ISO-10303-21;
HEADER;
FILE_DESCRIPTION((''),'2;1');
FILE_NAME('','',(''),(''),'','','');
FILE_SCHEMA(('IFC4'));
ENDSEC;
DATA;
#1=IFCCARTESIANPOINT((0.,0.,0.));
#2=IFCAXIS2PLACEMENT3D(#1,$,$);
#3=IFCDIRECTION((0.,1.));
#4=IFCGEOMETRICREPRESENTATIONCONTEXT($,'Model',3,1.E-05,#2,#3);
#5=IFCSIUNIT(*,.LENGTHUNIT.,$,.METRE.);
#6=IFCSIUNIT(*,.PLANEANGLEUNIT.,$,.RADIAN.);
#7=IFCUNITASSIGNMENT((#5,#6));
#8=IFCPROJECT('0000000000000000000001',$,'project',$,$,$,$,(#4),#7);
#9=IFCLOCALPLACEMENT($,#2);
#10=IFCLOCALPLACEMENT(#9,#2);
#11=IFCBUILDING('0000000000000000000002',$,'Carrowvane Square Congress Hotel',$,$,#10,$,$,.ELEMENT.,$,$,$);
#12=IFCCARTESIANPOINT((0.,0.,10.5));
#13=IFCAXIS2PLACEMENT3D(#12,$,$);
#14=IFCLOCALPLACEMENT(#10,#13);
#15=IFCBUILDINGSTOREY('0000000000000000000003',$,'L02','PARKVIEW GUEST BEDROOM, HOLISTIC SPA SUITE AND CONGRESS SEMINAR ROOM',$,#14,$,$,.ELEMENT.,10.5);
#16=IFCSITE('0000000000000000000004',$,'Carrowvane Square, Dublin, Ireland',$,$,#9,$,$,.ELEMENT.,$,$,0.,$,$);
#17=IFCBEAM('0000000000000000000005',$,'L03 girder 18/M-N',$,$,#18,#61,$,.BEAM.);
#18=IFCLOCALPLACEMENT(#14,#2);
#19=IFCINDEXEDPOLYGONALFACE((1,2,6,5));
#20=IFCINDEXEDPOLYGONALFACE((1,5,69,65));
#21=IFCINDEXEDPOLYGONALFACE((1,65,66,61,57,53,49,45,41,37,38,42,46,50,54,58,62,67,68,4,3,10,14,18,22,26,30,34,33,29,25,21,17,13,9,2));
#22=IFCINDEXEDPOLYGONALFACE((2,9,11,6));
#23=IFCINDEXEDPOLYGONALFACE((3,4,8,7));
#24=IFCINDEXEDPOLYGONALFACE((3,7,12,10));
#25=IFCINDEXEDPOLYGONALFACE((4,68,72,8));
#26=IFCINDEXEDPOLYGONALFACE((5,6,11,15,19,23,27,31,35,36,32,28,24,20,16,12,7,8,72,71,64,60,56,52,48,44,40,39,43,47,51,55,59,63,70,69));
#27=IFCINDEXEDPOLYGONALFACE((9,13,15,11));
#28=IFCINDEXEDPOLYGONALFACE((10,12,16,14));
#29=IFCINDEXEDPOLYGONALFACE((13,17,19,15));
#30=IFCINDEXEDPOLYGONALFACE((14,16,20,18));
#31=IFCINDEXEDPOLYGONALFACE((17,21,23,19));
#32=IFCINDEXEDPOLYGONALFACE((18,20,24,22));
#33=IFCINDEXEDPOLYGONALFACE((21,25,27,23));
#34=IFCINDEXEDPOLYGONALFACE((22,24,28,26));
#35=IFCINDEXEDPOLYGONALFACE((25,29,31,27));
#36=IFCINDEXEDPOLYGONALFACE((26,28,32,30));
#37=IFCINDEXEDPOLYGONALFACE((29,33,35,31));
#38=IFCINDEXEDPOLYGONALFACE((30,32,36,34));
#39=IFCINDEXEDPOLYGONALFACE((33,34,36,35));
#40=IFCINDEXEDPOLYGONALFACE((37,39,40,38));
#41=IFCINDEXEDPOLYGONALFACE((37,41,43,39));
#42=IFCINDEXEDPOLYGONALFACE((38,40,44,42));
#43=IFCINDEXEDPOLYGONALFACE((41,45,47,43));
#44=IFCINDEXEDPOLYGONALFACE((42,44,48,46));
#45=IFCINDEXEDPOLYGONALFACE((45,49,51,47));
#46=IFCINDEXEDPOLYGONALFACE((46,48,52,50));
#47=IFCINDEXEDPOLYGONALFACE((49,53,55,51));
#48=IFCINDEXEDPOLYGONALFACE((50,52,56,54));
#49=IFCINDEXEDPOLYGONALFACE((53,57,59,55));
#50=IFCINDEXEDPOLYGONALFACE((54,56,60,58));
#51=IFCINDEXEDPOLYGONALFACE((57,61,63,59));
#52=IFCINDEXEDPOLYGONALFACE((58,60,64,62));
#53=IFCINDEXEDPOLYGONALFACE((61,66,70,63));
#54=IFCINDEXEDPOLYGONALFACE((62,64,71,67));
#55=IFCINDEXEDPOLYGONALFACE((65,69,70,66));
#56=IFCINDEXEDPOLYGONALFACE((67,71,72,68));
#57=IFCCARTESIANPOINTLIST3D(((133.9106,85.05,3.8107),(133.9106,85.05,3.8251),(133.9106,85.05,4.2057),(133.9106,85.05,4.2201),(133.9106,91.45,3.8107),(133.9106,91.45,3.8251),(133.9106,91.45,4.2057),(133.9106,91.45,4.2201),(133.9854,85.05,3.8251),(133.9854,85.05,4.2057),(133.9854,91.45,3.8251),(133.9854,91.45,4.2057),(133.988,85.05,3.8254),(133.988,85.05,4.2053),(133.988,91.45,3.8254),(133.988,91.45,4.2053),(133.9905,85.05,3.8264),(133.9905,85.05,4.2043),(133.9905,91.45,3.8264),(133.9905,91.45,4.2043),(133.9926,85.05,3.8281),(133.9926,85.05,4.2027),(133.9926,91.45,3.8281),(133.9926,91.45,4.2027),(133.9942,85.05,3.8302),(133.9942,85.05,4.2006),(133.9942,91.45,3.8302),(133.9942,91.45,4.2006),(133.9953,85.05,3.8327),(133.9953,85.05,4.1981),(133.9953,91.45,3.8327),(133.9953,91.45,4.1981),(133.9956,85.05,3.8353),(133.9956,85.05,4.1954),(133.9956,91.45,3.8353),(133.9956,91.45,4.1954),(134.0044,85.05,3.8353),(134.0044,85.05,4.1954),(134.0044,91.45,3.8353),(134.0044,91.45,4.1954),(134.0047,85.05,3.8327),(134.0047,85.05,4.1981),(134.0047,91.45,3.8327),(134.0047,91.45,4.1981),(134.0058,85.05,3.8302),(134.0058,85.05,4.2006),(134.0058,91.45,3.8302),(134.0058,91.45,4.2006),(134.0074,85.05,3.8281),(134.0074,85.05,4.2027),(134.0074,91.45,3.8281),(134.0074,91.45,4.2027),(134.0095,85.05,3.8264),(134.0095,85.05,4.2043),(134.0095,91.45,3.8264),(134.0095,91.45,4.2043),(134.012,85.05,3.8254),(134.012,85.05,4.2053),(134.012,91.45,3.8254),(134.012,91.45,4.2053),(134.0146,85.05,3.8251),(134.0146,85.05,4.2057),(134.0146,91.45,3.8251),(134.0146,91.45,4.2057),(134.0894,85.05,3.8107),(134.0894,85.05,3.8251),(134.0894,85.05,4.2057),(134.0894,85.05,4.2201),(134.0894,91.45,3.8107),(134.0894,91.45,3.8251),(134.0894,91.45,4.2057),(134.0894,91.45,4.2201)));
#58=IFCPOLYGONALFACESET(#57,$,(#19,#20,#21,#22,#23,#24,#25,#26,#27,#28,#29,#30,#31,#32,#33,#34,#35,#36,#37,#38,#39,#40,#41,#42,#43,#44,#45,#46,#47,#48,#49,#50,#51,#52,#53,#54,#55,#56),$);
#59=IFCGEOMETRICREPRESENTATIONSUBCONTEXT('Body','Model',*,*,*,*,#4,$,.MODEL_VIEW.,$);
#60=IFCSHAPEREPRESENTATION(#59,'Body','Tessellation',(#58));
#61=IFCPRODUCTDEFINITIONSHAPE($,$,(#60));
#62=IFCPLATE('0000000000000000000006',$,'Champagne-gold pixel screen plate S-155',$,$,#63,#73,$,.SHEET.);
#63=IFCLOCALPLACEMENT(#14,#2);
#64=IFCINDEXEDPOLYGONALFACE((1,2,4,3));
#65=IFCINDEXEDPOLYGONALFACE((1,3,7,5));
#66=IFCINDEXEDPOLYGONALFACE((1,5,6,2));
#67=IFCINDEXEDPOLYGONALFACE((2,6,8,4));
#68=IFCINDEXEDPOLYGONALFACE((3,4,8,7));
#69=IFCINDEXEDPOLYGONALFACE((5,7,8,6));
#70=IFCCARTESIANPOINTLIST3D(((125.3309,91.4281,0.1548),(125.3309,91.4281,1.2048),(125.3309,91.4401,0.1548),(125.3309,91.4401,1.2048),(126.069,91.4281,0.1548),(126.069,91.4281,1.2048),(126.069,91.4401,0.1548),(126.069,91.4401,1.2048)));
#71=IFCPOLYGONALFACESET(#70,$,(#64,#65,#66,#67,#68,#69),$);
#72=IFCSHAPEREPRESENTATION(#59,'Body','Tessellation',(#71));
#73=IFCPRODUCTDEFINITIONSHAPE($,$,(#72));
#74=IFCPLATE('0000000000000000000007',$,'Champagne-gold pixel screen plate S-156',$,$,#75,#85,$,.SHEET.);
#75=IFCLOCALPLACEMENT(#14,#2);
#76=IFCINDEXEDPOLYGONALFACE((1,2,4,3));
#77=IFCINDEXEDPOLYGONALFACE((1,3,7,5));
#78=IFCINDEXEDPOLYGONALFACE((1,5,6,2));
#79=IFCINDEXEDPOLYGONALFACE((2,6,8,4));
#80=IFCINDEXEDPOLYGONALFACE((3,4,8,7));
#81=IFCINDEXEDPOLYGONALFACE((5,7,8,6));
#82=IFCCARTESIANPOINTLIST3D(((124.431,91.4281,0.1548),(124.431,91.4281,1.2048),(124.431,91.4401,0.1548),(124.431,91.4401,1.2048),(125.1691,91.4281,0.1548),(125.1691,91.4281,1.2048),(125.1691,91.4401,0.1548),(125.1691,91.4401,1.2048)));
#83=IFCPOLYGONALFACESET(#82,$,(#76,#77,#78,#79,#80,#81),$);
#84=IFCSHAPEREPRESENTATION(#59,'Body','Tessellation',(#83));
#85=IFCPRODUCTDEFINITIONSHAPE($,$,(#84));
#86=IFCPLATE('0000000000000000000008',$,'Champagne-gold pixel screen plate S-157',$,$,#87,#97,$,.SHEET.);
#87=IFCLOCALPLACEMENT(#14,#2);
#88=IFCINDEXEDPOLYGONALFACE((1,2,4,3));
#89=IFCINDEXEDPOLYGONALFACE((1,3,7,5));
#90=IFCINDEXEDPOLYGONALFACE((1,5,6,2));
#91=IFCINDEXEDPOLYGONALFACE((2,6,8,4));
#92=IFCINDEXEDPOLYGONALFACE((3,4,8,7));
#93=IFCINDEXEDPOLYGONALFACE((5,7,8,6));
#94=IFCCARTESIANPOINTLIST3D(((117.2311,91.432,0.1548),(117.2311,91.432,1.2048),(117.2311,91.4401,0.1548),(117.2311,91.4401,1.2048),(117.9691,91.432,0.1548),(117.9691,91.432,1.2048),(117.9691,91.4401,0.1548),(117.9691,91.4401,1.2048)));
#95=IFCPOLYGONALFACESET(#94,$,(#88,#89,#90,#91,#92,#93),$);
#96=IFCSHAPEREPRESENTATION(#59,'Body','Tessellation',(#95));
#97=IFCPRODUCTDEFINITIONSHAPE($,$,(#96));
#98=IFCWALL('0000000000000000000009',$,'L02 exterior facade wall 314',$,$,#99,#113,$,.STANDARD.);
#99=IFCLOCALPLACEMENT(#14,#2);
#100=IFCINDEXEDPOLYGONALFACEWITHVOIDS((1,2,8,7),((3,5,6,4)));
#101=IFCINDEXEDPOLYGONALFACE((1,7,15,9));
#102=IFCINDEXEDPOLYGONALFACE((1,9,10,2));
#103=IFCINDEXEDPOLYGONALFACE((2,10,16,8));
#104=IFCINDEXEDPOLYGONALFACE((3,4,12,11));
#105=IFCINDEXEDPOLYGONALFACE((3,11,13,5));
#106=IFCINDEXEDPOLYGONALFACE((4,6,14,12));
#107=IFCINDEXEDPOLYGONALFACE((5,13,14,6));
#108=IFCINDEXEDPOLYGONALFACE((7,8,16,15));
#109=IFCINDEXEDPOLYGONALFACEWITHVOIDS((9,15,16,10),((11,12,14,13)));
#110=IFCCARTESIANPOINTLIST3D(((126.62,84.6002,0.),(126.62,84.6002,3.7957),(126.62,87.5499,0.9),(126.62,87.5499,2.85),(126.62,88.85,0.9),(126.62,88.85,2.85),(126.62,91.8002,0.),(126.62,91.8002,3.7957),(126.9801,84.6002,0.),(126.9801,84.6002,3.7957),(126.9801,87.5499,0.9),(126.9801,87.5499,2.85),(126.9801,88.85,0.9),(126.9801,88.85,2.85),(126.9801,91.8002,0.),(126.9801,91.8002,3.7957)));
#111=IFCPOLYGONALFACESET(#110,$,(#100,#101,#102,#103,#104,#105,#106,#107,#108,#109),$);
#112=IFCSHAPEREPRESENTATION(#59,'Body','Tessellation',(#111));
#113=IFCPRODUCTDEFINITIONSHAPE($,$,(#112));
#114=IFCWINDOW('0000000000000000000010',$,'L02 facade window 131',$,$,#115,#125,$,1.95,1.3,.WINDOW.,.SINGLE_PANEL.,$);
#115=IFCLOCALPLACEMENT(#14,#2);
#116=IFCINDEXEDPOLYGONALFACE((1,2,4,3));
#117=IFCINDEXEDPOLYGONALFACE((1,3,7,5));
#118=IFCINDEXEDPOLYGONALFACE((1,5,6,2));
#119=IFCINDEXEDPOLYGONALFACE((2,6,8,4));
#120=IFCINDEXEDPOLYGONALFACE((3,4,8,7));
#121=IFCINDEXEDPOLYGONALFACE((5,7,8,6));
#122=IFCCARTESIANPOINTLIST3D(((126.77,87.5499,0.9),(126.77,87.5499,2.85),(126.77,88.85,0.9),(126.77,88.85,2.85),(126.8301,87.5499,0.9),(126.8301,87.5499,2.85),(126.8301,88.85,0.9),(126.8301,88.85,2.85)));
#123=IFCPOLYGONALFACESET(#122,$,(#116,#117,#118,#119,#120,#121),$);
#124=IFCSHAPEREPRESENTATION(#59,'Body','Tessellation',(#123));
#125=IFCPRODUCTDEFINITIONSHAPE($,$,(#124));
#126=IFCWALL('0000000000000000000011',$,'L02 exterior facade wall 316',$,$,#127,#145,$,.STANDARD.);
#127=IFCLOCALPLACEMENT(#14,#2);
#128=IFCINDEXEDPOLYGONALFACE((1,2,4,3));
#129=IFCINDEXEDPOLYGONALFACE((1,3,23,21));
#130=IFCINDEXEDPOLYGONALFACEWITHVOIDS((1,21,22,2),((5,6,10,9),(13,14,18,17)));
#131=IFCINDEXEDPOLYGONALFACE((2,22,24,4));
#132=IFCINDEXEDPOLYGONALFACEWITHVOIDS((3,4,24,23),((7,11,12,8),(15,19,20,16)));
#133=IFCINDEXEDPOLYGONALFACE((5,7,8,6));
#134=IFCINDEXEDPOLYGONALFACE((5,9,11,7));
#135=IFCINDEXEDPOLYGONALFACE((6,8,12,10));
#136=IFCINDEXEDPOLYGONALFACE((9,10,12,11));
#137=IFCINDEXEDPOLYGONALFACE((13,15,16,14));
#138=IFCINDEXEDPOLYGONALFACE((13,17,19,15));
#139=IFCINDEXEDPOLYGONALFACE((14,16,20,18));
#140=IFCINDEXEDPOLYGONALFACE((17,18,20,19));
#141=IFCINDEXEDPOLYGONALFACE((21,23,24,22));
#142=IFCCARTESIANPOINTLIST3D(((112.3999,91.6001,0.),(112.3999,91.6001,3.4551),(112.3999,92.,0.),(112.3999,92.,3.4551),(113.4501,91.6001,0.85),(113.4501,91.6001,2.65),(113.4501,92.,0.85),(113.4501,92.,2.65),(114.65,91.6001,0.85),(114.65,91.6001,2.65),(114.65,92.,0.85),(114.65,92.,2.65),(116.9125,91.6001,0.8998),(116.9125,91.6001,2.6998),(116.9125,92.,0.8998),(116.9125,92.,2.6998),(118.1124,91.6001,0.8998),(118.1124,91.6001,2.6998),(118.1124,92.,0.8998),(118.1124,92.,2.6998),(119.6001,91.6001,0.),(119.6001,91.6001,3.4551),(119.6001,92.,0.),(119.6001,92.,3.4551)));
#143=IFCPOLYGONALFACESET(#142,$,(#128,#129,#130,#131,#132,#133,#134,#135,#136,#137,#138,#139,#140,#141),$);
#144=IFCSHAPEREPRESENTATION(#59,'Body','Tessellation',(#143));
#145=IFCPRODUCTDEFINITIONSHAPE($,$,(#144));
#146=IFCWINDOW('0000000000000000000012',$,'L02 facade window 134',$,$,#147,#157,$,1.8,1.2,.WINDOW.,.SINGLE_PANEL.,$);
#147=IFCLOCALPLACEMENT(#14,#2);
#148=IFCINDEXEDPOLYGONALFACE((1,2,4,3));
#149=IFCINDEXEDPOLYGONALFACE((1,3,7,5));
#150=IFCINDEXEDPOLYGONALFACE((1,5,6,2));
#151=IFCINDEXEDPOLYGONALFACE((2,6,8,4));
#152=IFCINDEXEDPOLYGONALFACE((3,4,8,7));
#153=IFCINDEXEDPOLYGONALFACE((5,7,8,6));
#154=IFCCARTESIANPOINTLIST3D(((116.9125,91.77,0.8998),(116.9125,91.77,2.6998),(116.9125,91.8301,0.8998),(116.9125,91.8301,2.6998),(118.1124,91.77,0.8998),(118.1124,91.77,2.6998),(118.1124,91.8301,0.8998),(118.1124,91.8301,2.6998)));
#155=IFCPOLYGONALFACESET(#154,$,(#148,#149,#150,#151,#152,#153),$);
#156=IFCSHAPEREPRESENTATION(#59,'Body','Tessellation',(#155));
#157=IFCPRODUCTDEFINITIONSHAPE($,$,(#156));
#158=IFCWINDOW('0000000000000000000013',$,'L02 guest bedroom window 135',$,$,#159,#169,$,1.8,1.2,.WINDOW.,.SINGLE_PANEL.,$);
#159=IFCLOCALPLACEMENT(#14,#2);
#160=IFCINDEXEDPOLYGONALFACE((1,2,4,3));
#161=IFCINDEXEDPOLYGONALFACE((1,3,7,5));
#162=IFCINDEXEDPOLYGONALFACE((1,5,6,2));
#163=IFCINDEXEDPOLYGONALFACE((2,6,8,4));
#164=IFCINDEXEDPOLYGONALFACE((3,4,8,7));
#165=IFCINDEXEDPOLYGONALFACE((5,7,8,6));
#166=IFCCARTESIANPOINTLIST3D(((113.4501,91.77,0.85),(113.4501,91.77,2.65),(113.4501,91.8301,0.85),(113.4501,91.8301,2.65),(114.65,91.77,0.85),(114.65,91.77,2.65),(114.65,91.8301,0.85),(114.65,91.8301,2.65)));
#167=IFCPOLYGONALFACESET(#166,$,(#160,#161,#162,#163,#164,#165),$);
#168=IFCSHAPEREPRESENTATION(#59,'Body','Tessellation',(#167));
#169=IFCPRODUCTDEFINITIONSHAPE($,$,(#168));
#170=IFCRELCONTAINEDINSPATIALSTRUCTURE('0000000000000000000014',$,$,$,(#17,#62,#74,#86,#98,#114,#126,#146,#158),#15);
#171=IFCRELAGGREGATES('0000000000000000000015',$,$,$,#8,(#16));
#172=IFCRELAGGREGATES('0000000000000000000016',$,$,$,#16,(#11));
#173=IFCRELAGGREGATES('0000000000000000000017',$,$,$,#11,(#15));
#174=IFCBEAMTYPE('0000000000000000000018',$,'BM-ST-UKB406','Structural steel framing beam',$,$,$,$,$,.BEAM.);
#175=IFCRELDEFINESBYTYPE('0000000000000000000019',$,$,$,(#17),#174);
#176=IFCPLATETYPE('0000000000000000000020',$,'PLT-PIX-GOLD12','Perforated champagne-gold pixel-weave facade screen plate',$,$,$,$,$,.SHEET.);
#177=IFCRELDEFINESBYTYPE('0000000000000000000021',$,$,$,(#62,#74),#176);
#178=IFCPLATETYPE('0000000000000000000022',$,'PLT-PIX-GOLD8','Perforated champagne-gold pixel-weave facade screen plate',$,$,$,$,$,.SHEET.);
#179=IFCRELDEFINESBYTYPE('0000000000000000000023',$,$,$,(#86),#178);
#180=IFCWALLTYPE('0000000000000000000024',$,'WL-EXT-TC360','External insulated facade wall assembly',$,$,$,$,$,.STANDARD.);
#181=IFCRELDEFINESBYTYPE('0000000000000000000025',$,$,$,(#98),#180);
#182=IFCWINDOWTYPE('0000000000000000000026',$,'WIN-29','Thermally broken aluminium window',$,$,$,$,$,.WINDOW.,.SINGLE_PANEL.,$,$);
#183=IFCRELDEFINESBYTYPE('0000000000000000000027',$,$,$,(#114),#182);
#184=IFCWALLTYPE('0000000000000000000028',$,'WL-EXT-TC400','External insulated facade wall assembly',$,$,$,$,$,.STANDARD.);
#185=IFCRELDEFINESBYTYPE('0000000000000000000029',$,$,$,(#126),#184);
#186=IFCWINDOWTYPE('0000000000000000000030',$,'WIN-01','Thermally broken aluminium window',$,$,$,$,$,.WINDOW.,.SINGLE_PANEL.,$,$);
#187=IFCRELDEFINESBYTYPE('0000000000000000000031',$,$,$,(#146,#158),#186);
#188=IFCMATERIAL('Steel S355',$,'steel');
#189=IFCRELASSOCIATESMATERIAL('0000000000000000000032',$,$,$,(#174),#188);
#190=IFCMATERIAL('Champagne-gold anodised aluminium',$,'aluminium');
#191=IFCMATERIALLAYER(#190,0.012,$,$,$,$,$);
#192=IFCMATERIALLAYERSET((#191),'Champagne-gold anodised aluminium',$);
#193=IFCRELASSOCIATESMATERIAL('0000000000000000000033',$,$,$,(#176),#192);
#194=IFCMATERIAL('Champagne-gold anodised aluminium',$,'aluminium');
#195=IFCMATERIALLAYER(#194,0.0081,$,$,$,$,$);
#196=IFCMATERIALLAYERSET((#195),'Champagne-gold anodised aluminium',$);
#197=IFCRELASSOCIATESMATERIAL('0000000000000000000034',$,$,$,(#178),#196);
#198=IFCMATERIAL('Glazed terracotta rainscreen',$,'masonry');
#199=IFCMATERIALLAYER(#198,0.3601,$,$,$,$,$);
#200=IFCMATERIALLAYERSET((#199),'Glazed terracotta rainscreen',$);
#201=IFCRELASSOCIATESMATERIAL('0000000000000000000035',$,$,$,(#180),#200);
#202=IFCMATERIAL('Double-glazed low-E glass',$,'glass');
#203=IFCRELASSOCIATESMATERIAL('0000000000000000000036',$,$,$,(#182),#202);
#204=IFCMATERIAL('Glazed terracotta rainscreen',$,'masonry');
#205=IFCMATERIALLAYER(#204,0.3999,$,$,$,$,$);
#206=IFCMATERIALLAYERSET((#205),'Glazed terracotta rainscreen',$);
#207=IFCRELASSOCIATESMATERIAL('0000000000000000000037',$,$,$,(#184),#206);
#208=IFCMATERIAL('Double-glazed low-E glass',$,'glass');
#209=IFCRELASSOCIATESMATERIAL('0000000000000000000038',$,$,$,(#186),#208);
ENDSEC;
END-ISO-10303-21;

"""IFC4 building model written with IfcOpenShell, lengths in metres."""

from ifc_helpers import new_model, si_unit, direction, frame, frame_2d, origin, origin_2d, place, context, subcontext, project, spatial, rectangle, i_section, extrude, material, layer, layer_set, material_profile, profile_set, type_object, element, fill, save


model = new_model("IFC4")

# Units and contexts
model_context = context("Model", 3, precision=1e-05, world=origin(), true_north=direction((0.0, 1.0)))
body_context = subcontext(model_context, "Body", "Model", "MODEL_VIEW")
ifc_project = project(units=[si_unit("LENGTHUNIT", "METRE"), si_unit("PLANEANGLEUNIT", "RADIAN")], contexts=[model_context])

# Site, building, storey
site_placement = place(None, origin())
site = spatial("IfcSite", under=ifc_project, at=site_placement, Name="Carrowvane Square, Dublin, Ireland", CompositionType="ELEMENT", RefElevation=0.0)
building_placement = place(site_placement, origin())
building = spatial("IfcBuilding", under=site, at=building_placement, Name="Carrowvane Square Congress Hotel", CompositionType="ELEMENT")
storey_placement = place(building_placement, frame((0.0, 0.0, 10.5)))
storey = spatial("IfcBuildingStorey", under=building, at=storey_placement, Name="L02", Description="PARKVIEW GUEST BEDROOM, HOLISTIC SPA SUITE AND CONGRESS SEMINAR ROOM", CompositionType="ELEMENT", Elevation=10.5)

# Beam
ifc_material_1 = material(Name="Steel S355", Category="steel")
ifc_material_profile_1 = material_profile(ifc_material_1, i_section(OverallWidth=0.1787, OverallDepth=0.4094, WebThickness=0.0088, FlangeThickness=0.0144, FilletRadius=0.0103, at=origin_2d()), Name="UKB 406x178x67")
ifc_profile_set_1 = profile_set([ifc_material_profile_1], Name="Steel S355")
beam_type_1 = type_object("IfcBeamType", Name="BM-ST-UKB406", Description="Structural steel framing beam", PredefinedType="BEAM", material=ifc_profile_set_1)
for number, where, z_axis, x_axis, name in (
    (1, (134.0, 85.05, 4.0154), (0.0, 1.0, 0.0), (-1.0, 0.0, 0.0), "L03 girder 18/M-N"),
):
    element("IfcBeam", number, at=place(storey_placement, frame(where, z_axis=z_axis, x_axis=x_axis)), inside=storey, type_object=beam_type_1, Name=name, PredefinedType="BEAM", context=body_context, shape_type="SweptSolid", body=[
        extrude(i_section(OverallWidth=0.1787, OverallDepth=0.4094, WebThickness=0.0088, FlangeThickness=0.0144, FilletRadius=0.0103, at=origin_2d()), origin(), (0.0, 0.0, 1.0), 6.3999),
    ])

# Plates
ifc_material_2 = material(Name="Champagne-gold anodised aluminium", Category="aluminium")
ifc_layer_1 = layer(ifc_material_2, 0.012)
ifc_layer_set_1 = layer_set([ifc_layer_1], Name="Champagne-gold anodised aluminium")
plate_type_1 = type_object("IfcPlateType", Name="PLT-PIX-GOLD12", Description="Perforated champagne-gold pixel-weave facade screen plate", PredefinedType="SHEET", material=ifc_layer_set_1)
for number, where, z_axis, x_axis, name in (
    (2, (125.7, 91.4341, 0.1548), (0.0, 0.0, 1.0), (-1.0, 0.0, 0.0), "Champagne-gold pixel screen plate S-155"),
    (3, (124.8, 91.4341, 0.1548), (0.0, 0.0, 1.0), (-1.0, 0.0, 0.0), "Champagne-gold pixel screen plate S-156"),
):
    element("IfcPlate", number, at=place(storey_placement, frame(where, z_axis=z_axis, x_axis=x_axis)), inside=storey, type_object=plate_type_1, Name=name, PredefinedType="SHEET", context=body_context, shape_type="SweptSolid", body=[
        extrude(rectangle(XDim=0.738, YDim=0.012, at=origin_2d()), origin(), (0.0, 0.0, 1.0), 1.05),
    ])
ifc_material_3 = material(Name="Champagne-gold anodised aluminium", Category="aluminium")
ifc_layer_2 = layer(ifc_material_3, 0.0081)
ifc_layer_set_2 = layer_set([ifc_layer_2], Name="Champagne-gold anodised aluminium")
plate_type_2 = type_object("IfcPlateType", Name="PLT-PIX-GOLD8", Description="Perforated champagne-gold pixel-weave facade screen plate", PredefinedType="SHEET", material=ifc_layer_set_2)
plate_placement = place(storey_placement, frame((117.6001, 91.436, 0.1548), z_axis=(0.0, 0.0, 1.0), x_axis=(-1.0, 0.0, 0.0)))
element("IfcPlate", 4, at=plate_placement, inside=storey, type_object=plate_type_2, Name="Champagne-gold pixel screen plate S-157", PredefinedType="SHEET", context=body_context, shape_type="SweptSolid", body=[
    extrude(rectangle(XDim=0.738, YDim=0.0081, at=origin_2d()), origin(), (0.0, 0.0, 1.0), 1.05),
])

# Wall, opening, window
ifc_material_4 = material(Name="Glazed terracotta rainscreen", Category="masonry")
ifc_layer_3 = layer(ifc_material_4, 0.3601)
ifc_layer_set_3 = layer_set([ifc_layer_3], Name="Glazed terracotta rainscreen")
wall_type_1 = type_object("IfcWallType", Name="WL-EXT-TC360", Description="External insulated facade wall assembly", PredefinedType="STANDARD", material=ifc_layer_set_3)
wall_1_placement = place(storey_placement, frame((126.8, 84.6001, 0.0), z_axis=(0.0, 0.0, 1.0), x_axis=(0.0, 1.0, 0.0)))
wall_1 = element("IfcWall", 5, at=wall_1_placement, inside=storey, type_object=wall_type_1, Name="L02 exterior facade wall 314", PredefinedType="STANDARD", context=body_context, shape_type="SweptSolid", body=[
    extrude(rectangle(XDim=7.2, YDim=0.3601, at=frame_2d((3.6001, 0.0))), origin(), (0.0, 0.0, 1.0), 3.7957),
])
opening_1_placement = place(wall_1_placement, frame((2.95, 0.0, 0.8999)))
opening_1 = element("IfcOpeningElement", 6, at=opening_1_placement, cuts=wall_1, PredefinedType="OPENING", context=body_context, shape_type="SweptSolid", body=[
    extrude(rectangle(XDim=1.3, YDim=1.95, at=frame_2d((0.6499, 0.9751))), frame((0.0, 0.1899, 0.0), z_axis=(0.0, -1.0, 0.0), x_axis=(1.0, 0.0, 0.0)), (0.0, 0.0, 1.0), 0.3801),
])
ifc_material_5 = material(Name="Double-glazed low-E glass", Category="glass")
window_type_1 = type_object("IfcWindowType", Name="WIN-29", Description="Thermally broken aluminium window", PartitioningType="SINGLE_PANEL", PredefinedType="WINDOW", material=ifc_material_5)
window_1_placement = place(opening_1_placement, origin())
window_1 = element("IfcWindow", 7, at=window_1_placement, inside=storey, type_object=window_type_1, Name="L02 facade window 131", OverallHeight=1.95, OverallWidth=1.3, PartitioningType="SINGLE_PANEL", PredefinedType="WINDOW", context=body_context, shape_type="SweptSolid", body=[
    extrude(rectangle(XDim=1.3, YDim=1.95, at=frame_2d((0.6499, 0.9751))), frame((0.0, 0.03, 0.0), z_axis=(0.0, -1.0, 0.0), x_axis=(1.0, 0.0, 0.0)), (0.0, 0.0, 1.0), 0.0601),
])
fill(opening_1, window_1)

# Wall, openings, windows
ifc_material_6 = material(Name="Glazed terracotta rainscreen", Category="masonry")
ifc_layer_4 = layer(ifc_material_6, 0.3999)
ifc_layer_set_4 = layer_set([ifc_layer_4], Name="Glazed terracotta rainscreen")
wall_type_2 = type_object("IfcWallType", Name="WL-EXT-TC400", Description="External insulated facade wall assembly", PredefinedType="STANDARD", material=ifc_layer_set_4)
wall_2_placement = place(storey_placement, frame((119.6001, 91.8, 0.0), z_axis=(0.0, 0.0, 1.0), x_axis=(-1.0, 0.0, 0.0)))
wall_2 = element("IfcWall", 8, at=wall_2_placement, inside=storey, type_object=wall_type_2, Name="L02 exterior facade wall 316", PredefinedType="STANDARD", context=body_context, shape_type="SweptSolid", body=[
    extrude(rectangle(XDim=7.2002, YDim=0.3999, at=frame_2d((3.6001, 0.0))), origin(), (0.0, 0.0, 1.0), 3.4551),
])
opening_2_placement = place(wall_2_placement, frame((1.4875, 0.0, 0.8999)))
opening_2 = element("IfcOpeningElement", 9, at=opening_2_placement, cuts=wall_2, PredefinedType="OPENING", context=body_context, shape_type="SweptSolid", body=[
    extrude(rectangle(XDim=1.2, YDim=1.8, at=frame_2d((0.6001, 0.8999))), frame((0.0, 0.21, 0.0), z_axis=(0.0, -1.0, 0.0), x_axis=(1.0, 0.0, 0.0)), (0.0, 0.0, 1.0), 0.4199),
])
opening_3_placement = place(wall_2_placement, frame((4.95, 0.0, 0.8501)))
opening_3 = element("IfcOpeningElement", 10, at=opening_3_placement, cuts=wall_2, PredefinedType="OPENING", context=body_context, shape_type="SweptSolid", body=[
    extrude(rectangle(XDim=1.2, YDim=1.8, at=frame_2d((0.6001, 0.8999))), frame((0.0, 0.21, 0.0), z_axis=(0.0, -1.0, 0.0), x_axis=(1.0, 0.0, 0.0)), (0.0, 0.0, 1.0), 0.4199),
])
ifc_material_7 = material(Name="Double-glazed low-E glass", Category="glass")
window_type_2 = type_object("IfcWindowType", Name="WIN-01", Description="Thermally broken aluminium window", PartitioningType="SINGLE_PANEL", PredefinedType="WINDOW", material=ifc_material_7)
window_2_placement = place(opening_2_placement, origin())
window_2 = element("IfcWindow", 11, at=window_2_placement, inside=storey, type_object=window_type_2, Name="L02 facade window 134", OverallHeight=1.8, OverallWidth=1.2, PartitioningType="SINGLE_PANEL", PredefinedType="WINDOW", context=body_context, shape_type="SweptSolid", body=[
    extrude(rectangle(XDim=1.2, YDim=1.8, at=frame_2d((0.6001, 0.8999))), frame((0.0, 0.03, 0.0), z_axis=(0.0, -1.0, 0.0), x_axis=(1.0, 0.0, 0.0)), (0.0, 0.0, 1.0), 0.0601),
])
fill(opening_2, window_2)
window_3_placement = place(opening_3_placement, origin())
window_3 = element("IfcWindow", 12, at=window_3_placement, inside=storey, type_object=window_type_2, Name="L02 guest bedroom window 135", OverallHeight=1.8, OverallWidth=1.2, PartitioningType="SINGLE_PANEL", PredefinedType="WINDOW", context=body_context, shape_type="SweptSolid", body=[
    extrude(rectangle(XDim=1.2, YDim=1.8, at=frame_2d((0.6001, 0.8999))), frame((0.0, 0.03, 0.0), z_axis=(0.0, -1.0, 0.0), x_axis=(1.0, 0.0, 0.0)), (0.0, 0.0, 1.0), 0.0601),
])
fill(opening_3, window_3)

save(model, "model.ifc")
